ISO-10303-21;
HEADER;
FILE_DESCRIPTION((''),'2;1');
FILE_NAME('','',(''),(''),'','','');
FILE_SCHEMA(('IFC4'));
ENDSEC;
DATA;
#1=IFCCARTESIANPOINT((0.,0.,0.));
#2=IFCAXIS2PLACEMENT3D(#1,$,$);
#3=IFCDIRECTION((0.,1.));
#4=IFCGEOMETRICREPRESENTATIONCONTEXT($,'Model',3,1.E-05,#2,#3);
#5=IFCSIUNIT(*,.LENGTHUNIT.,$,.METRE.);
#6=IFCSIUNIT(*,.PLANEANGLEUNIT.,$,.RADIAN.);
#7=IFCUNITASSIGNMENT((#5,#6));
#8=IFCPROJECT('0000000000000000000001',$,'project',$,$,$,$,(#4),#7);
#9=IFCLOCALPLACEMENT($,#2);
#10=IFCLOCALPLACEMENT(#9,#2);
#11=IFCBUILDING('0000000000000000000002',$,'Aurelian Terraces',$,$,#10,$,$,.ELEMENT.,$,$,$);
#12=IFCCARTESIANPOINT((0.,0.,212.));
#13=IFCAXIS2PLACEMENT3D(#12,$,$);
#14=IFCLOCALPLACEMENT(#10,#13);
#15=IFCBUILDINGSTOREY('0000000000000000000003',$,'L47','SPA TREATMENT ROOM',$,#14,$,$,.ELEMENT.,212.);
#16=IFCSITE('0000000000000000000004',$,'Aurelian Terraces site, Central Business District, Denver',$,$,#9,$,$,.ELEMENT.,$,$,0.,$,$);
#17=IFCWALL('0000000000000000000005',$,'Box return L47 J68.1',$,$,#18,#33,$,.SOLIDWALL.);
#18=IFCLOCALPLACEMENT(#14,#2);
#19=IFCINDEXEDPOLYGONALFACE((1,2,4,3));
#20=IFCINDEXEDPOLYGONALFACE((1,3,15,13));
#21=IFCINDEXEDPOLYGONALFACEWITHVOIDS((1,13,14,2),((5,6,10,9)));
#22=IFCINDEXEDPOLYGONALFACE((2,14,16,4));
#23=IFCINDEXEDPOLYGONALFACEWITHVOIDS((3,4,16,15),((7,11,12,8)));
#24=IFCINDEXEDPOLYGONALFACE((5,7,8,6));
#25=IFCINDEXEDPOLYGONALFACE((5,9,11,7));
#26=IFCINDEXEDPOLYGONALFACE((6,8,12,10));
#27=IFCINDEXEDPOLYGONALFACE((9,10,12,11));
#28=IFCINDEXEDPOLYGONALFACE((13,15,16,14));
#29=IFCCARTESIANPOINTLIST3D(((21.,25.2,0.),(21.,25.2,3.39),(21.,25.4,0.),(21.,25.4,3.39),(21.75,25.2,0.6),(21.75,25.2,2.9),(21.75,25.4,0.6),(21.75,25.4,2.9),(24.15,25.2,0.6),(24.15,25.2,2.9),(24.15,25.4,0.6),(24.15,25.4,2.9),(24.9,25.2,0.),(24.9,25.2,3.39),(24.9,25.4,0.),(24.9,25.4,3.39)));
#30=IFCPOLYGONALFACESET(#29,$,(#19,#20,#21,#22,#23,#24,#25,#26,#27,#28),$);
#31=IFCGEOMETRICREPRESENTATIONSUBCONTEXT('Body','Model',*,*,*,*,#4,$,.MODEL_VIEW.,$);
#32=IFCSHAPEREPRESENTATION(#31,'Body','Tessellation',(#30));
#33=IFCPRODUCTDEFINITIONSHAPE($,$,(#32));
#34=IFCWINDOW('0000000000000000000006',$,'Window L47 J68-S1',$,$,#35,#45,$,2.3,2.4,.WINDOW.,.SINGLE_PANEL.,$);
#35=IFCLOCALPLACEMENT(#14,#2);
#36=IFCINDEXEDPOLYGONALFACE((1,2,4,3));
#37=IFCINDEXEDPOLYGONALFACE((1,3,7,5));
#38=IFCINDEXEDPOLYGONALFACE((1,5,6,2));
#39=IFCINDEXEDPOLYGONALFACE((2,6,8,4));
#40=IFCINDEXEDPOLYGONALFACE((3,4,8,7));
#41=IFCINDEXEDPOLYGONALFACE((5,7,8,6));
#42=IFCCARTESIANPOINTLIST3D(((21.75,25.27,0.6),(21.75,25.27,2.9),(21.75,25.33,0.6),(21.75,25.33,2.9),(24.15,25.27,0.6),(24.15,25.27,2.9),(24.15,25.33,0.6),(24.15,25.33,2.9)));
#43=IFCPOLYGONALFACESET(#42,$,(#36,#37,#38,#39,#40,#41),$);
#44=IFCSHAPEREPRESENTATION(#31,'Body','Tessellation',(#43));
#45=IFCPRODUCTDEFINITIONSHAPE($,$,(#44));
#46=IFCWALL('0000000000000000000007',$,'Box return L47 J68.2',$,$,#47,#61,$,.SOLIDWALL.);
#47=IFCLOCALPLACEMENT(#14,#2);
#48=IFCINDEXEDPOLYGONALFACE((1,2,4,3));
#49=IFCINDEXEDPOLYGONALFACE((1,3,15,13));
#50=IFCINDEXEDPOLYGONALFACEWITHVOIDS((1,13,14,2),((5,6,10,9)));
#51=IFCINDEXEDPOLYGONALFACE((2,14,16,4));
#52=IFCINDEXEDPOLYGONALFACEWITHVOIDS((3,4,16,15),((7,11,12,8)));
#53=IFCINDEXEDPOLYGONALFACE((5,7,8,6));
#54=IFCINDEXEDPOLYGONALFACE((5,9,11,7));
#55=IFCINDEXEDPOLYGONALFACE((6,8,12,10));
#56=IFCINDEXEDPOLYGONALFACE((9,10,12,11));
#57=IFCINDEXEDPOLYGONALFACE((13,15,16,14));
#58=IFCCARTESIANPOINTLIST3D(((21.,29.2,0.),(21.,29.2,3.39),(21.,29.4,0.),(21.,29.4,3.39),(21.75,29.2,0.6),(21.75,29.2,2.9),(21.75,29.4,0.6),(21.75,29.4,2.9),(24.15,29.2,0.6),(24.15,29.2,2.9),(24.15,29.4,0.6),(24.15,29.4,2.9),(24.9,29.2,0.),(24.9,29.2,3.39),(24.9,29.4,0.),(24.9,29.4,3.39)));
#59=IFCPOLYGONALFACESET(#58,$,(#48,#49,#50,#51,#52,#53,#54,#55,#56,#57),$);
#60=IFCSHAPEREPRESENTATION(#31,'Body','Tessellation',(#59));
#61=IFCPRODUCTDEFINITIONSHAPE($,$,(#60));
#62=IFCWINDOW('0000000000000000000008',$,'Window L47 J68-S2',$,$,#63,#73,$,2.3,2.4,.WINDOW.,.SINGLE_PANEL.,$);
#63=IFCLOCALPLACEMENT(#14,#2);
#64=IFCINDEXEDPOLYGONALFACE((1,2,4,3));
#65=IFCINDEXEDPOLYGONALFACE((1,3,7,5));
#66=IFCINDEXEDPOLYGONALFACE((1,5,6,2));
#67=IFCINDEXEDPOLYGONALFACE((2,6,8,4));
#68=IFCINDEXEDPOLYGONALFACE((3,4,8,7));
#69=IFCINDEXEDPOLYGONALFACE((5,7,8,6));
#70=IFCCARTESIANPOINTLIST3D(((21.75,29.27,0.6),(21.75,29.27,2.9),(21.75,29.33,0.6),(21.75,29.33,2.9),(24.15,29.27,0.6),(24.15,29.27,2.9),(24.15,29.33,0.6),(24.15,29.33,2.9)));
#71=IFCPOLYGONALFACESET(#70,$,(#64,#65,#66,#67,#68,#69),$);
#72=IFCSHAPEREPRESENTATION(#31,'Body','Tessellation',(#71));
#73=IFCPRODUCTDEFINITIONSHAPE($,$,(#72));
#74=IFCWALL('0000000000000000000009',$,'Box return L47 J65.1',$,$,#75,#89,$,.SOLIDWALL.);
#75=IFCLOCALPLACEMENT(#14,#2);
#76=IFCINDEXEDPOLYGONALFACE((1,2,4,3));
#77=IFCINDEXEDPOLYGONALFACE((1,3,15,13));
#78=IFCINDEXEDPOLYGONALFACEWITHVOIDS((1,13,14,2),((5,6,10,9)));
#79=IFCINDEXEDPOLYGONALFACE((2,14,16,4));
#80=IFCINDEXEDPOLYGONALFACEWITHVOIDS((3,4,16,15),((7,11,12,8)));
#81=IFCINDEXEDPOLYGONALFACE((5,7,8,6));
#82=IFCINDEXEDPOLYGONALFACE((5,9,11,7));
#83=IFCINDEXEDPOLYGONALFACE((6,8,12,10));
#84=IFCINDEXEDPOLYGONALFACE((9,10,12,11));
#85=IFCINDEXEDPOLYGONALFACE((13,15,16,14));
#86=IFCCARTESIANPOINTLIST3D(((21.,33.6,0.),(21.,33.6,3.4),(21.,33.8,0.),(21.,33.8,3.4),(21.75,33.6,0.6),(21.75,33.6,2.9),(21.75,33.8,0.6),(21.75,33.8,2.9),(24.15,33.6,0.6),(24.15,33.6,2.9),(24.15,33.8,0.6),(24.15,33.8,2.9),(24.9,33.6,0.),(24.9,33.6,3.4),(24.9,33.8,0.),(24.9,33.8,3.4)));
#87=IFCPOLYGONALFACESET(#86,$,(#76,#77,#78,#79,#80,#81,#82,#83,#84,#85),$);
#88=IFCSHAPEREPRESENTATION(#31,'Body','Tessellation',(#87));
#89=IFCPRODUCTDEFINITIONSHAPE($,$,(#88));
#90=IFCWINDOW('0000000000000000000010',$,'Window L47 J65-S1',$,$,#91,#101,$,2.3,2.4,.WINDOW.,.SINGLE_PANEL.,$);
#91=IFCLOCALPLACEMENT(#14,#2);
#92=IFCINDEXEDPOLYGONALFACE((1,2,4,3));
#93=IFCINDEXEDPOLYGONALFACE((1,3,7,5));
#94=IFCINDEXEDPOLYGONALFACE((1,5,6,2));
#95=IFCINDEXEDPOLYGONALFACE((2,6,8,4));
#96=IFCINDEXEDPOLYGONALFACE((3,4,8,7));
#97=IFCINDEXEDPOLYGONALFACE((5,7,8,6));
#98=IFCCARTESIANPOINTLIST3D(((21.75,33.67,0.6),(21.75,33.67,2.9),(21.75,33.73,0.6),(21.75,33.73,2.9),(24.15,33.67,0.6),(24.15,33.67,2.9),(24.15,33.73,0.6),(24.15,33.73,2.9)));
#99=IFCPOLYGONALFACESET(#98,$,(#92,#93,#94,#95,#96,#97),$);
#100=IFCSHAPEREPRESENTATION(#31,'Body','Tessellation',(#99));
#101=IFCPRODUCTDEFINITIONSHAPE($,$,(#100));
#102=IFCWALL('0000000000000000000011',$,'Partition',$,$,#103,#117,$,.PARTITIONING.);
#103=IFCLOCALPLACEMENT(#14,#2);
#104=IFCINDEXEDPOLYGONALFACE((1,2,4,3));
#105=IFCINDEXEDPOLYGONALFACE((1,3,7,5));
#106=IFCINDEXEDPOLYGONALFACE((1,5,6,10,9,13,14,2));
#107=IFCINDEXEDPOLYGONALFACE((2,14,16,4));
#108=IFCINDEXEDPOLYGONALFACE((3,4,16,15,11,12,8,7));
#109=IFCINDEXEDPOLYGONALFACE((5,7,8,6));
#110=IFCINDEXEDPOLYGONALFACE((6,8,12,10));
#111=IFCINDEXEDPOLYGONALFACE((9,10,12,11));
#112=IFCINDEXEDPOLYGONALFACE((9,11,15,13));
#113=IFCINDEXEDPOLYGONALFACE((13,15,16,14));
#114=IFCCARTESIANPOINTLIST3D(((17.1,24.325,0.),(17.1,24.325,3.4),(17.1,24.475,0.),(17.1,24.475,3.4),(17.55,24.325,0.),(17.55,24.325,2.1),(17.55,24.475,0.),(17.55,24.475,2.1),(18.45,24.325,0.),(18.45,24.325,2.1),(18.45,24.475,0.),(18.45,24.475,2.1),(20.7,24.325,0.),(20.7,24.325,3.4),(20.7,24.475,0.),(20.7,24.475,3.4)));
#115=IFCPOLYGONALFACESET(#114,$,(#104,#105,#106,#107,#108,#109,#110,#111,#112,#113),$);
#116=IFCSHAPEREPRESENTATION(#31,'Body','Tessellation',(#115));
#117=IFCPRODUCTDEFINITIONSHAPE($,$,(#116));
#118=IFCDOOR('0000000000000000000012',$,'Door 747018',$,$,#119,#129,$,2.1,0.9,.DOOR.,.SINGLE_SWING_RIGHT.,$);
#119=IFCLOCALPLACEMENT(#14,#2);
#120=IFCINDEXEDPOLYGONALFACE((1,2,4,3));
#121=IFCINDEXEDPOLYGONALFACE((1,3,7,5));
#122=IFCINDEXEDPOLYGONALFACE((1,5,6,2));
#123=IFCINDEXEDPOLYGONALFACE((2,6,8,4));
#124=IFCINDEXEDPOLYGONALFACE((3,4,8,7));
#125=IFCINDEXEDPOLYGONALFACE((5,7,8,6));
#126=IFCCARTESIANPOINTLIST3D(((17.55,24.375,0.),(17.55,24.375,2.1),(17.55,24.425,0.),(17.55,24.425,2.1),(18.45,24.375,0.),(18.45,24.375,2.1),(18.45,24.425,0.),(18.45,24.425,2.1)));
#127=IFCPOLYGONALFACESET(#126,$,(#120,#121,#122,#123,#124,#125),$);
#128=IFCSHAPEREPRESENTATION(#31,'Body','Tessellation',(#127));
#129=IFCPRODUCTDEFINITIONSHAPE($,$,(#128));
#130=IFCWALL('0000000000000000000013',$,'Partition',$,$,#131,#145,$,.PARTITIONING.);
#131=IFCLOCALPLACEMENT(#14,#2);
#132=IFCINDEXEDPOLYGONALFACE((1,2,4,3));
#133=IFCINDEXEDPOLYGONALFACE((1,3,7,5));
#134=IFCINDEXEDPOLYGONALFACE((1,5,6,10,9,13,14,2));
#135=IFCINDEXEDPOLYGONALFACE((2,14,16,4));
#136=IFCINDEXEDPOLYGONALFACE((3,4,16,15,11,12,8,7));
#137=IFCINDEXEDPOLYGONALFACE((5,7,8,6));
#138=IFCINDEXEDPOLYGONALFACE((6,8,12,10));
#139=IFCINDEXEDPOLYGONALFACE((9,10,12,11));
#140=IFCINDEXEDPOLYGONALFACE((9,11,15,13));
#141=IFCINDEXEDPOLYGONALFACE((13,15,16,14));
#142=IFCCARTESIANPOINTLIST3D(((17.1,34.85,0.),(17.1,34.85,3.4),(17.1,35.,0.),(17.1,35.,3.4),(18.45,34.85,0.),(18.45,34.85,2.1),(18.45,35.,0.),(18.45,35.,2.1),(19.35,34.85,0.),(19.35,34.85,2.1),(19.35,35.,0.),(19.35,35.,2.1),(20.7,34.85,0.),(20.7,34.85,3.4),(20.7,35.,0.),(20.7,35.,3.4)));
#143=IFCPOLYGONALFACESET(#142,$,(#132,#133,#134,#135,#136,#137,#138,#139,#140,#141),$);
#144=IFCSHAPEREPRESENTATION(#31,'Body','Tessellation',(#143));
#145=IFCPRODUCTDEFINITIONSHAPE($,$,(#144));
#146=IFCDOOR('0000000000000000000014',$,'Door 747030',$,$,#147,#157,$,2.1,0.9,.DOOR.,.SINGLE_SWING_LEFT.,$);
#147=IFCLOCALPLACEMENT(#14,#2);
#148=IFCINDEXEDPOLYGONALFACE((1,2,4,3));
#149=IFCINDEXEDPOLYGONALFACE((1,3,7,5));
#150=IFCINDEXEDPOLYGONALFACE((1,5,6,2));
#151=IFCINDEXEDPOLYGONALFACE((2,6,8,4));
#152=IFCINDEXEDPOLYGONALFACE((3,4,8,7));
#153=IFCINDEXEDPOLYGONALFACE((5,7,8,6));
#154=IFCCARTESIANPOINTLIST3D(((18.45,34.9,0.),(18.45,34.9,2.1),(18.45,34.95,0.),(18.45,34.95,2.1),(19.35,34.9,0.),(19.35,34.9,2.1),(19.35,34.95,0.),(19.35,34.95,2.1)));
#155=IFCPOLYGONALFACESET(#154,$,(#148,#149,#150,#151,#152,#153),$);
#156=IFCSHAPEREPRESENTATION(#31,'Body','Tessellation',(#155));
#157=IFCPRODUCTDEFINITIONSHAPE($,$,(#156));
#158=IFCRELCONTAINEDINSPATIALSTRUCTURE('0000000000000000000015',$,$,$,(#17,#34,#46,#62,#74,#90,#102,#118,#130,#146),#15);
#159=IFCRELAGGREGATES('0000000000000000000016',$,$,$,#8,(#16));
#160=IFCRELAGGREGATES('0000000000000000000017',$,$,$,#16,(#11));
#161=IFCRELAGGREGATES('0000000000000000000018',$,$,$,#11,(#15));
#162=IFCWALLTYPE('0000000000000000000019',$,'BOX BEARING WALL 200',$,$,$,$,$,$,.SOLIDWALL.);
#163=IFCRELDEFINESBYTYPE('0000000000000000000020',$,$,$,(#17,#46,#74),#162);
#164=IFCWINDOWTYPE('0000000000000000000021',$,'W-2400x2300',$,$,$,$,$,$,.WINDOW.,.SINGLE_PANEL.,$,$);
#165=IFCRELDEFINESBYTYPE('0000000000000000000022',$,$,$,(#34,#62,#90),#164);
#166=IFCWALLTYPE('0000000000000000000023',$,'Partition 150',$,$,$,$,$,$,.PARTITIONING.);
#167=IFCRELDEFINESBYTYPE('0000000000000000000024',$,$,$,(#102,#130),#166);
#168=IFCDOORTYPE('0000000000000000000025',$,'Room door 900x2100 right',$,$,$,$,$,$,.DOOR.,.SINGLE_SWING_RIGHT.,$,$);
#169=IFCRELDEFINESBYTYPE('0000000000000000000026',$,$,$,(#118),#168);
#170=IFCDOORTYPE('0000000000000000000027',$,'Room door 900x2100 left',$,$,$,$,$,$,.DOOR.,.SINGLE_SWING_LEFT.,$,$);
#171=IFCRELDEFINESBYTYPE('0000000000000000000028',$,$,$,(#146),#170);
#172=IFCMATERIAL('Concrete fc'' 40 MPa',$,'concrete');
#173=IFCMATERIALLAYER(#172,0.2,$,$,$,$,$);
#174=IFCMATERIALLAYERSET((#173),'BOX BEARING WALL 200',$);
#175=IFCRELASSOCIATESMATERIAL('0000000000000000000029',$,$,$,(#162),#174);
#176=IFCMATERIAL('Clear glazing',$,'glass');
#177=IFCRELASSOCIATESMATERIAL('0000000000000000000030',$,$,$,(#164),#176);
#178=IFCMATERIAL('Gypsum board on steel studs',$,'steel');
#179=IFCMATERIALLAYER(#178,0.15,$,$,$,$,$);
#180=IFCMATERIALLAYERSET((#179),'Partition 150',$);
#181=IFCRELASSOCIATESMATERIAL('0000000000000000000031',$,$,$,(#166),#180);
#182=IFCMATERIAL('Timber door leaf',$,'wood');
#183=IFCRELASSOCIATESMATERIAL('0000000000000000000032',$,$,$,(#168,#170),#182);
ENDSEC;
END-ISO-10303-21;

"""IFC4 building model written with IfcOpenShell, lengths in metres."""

from ifc_helpers import new_model, si_unit, direction, frame, frame_2d, origin, place, context, subcontext, project, spatial, rectangle, extrude, source, transform, mapped, material, layer, layer_set, type_object, element, fill, save


model = new_model("IFC4")

# Units and contexts
model_context = context("Model", 3, precision=1e-05, world=origin(), true_north=direction((0.0, 1.0)))
body_context = subcontext(model_context, "Body", "Model", "MODEL_VIEW")
ifc_project = project(units=[si_unit("LENGTHUNIT", "METRE"), si_unit("PLANEANGLEUNIT", "RADIAN")], contexts=[model_context])

# Site, building, storey
site_placement = place(None, origin())
site = spatial("IfcSite", under=ifc_project, at=site_placement, Name="Aurelian Terraces site, Central Business District, Denver", CompositionType="ELEMENT", RefElevation=0.0)
building_placement = place(site_placement, origin())
building = spatial("IfcBuilding", under=site, at=building_placement, Name="Aurelian Terraces", CompositionType="ELEMENT")
storey_placement = place(building_placement, frame((0.0, 0.0, 212.0)))
storey = spatial("IfcBuildingStorey", under=building, at=storey_placement, Name="L47", Description="SPA TREATMENT ROOM", CompositionType="ELEMENT", Elevation=212.0)

# Shared definitions
ifc_material_1 = material(Name="Clear glazing", Category="glass")
ifc_material_2 = material(Name="Timber door leaf", Category="wood")

# Walls, openings, windows
ifc_material_3 = material(Name="Concrete fc' 40 MPa", Category="concrete")
ifc_layer_1 = layer(ifc_material_3, 0.2)
ifc_layer_set_1 = layer_set([ifc_layer_1], Name="BOX BEARING WALL 200")
wall_type_1 = type_object("IfcWallType", Name="BOX BEARING WALL 200", PredefinedType="SOLIDWALL", material=ifc_layer_set_1)
shared_shape_1 = source(origin(), body_context, "Body", "SweptSolid", [
    extrude(rectangle(XDim=3.9, YDim=0.2, at=frame_2d((1.95, 0.0))), origin(), (0.0, 0.0, 1.0), 3.39),
])
wall_1_placement = place(storey_placement, frame((21.0, 25.3, 0.0), z_axis=(0.0, 0.0, 1.0), x_axis=(1.0, 0.0, 0.0)))
wall_1 = element("IfcWall", 1, at=wall_1_placement, inside=storey, type_object=wall_type_1, Name="Box return L47 J68.1", PredefinedType="SOLIDWALL", context=body_context, shape_type="MappedRepresentation", body=[
    mapped(shared_shape_1, transform((0.0, 0.0, 0.0), scale=1.0)),
])
shared_shape_2 = source(origin(), body_context, "Body", "SweptSolid", [
    extrude(rectangle(XDim=2.4, YDim=2.3, at=frame_2d((1.2, 1.15))), frame((0.0, 0.11, 0.0), z_axis=(0.0, -1.0, 0.0), x_axis=(1.0, 0.0, 0.0)), (0.0, 0.0, 1.0), 0.22),
])
opening_1_placement = place(wall_1_placement, frame((0.75, 0.0, 0.6)))
opening_1 = element("IfcOpeningElement", 2, at=opening_1_placement, cuts=wall_1, PredefinedType="OPENING", context=body_context, shape_type="MappedRepresentation", body=[
    mapped(shared_shape_2, transform((0.0, 0.0, 0.0), scale=1.0)),
])
window_type_1 = type_object("IfcWindowType", Name="W-2400x2300", PartitioningType="SINGLE_PANEL", PredefinedType="WINDOW", material=ifc_material_1)
shared_shape_3 = source(origin(), body_context, "Body", "SweptSolid", [
    extrude(rectangle(XDim=2.4, YDim=2.3, at=frame_2d((1.2, 1.15))), frame((0.0, 0.03, 0.0), z_axis=(0.0, -1.0, 0.0), x_axis=(1.0, 0.0, 0.0)), (0.0, 0.0, 1.0), 0.06),
])
window_1_placement = place(opening_1_placement, origin())
window_1 = element("IfcWindow", 3, at=window_1_placement, inside=storey, type_object=window_type_1, Name="Window L47 J68-S1", OverallHeight=2.3, OverallWidth=2.4, PartitioningType="SINGLE_PANEL", PredefinedType="WINDOW", context=body_context, shape_type="MappedRepresentation", body=[
    mapped(shared_shape_3, transform((0.0, 0.0, 0.0), scale=1.0)),
])
fill(opening_1, window_1)
wall_2_placement = place(storey_placement, frame((21.0, 29.3, 0.0), z_axis=(0.0, 0.0, 1.0), x_axis=(1.0, 0.0, 0.0)))
wall_2 = element("IfcWall", 4, at=wall_2_placement, inside=storey, type_object=wall_type_1, Name="Box return L47 J68.2", PredefinedType="SOLIDWALL", context=body_context, shape_type="MappedRepresentation", body=[
    mapped(shared_shape_1, transform((0.0, 0.0, 0.0), scale=1.0)),
])
opening_2_placement = place(wall_2_placement, frame((0.75, 0.0, 0.6)))
opening_2 = element("IfcOpeningElement", 5, at=opening_2_placement, cuts=wall_2, PredefinedType="OPENING", context=body_context, shape_type="MappedRepresentation", body=[
    mapped(shared_shape_2, transform((0.0, 0.0, 0.0), scale=1.0)),
])
window_2_placement = place(opening_2_placement, origin())
window_2 = element("IfcWindow", 6, at=window_2_placement, inside=storey, type_object=window_type_1, Name="Window L47 J68-S2", OverallHeight=2.3, OverallWidth=2.4, PartitioningType="SINGLE_PANEL", PredefinedType="WINDOW", context=body_context, shape_type="MappedRepresentation", body=[
    mapped(shared_shape_3, transform((0.0, 0.0, 0.0), scale=1.0)),
])
fill(opening_2, window_2)
shared_shape_4 = source(origin(), body_context, "Body", "SweptSolid", [
    extrude(rectangle(XDim=3.9, YDim=0.2, at=frame_2d((1.95, 0.0))), origin(), (0.0, 0.0, 1.0), 3.4),
])
wall_3_placement = place(storey_placement, frame((21.0, 33.7, 0.0), z_axis=(0.0, 0.0, 1.0), x_axis=(1.0, 0.0, 0.0)))
wall_3 = element("IfcWall", 7, at=wall_3_placement, inside=storey, type_object=wall_type_1, Name="Box return L47 J65.1", PredefinedType="SOLIDWALL", context=body_context, shape_type="MappedRepresentation", body=[
    mapped(shared_shape_4, transform((0.0, 0.0, 0.0), scale=1.0)),
])
opening_3_placement = place(wall_3_placement, frame((0.75, 0.0, 0.6)))
opening_3 = element("IfcOpeningElement", 8, at=opening_3_placement, cuts=wall_3, PredefinedType="OPENING", context=body_context, shape_type="MappedRepresentation", body=[
    mapped(shared_shape_2, transform((0.0, 0.0, 0.0), scale=1.0)),
])
window_3_placement = place(opening_3_placement, origin())
window_3 = element("IfcWindow", 9, at=window_3_placement, inside=storey, type_object=window_type_1, Name="Window L47 J65-S1", OverallHeight=2.3, OverallWidth=2.4, PartitioningType="SINGLE_PANEL", PredefinedType="WINDOW", context=body_context, shape_type="MappedRepresentation", body=[
    mapped(shared_shape_3, transform((0.0, 0.0, 0.0), scale=1.0)),
])
fill(opening_3, window_3)

# Walls, openings, doors
ifc_material_4 = material(Name="Gypsum board on steel studs", Category="steel")
ifc_layer_2 = layer(ifc_material_4, 0.15)
ifc_layer_set_2 = layer_set([ifc_layer_2], Name="Partition 150")
wall_type_2 = type_object("IfcWallType", Name="Partition 150", PredefinedType="PARTITIONING", material=ifc_layer_set_2)
shared_shape_5 = source(origin(), body_context, "Body", "SweptSolid", [
    extrude(rectangle(XDim=3.6, YDim=0.15, at=frame_2d((1.8, 0.0))), origin(), (0.0, 0.0, 1.0), 3.4),
])
wall_4_placement = place(storey_placement, frame((17.1, 24.4, 0.0), z_axis=(0.0, 0.0, 1.0), x_axis=(1.0, 0.0, 0.0)))
wall_4 = element("IfcWall", 10, at=wall_4_placement, inside=storey, type_object=wall_type_2, Name="Partition", PredefinedType="PARTITIONING", context=body_context, shape_type="MappedRepresentation", body=[
    mapped(shared_shape_5, transform((0.0, 0.0, 0.0), scale=1.0)),
])
shared_shape_6 = source(origin(), body_context, "Body", "SweptSolid", [
    extrude(rectangle(XDim=0.9, YDim=2.1, at=frame_2d((0.45, 1.05))), frame((0.0, 0.085, 0.0), z_axis=(0.0, -1.0, 0.0), x_axis=(1.0, 0.0, 0.0)), (0.0, 0.0, 1.0), 0.17),
])
opening_4_placement = place(wall_4_placement, frame((0.45, 0.0, 0.0)))
opening_4 = element("IfcOpeningElement", 11, at=opening_4_placement, cuts=wall_4, PredefinedType="OPENING", context=body_context, shape_type="MappedRepresentation", body=[
    mapped(shared_shape_6, transform((0.0, 0.0, 0.0), scale=1.0)),
])
door_type_1 = type_object("IfcDoorType", Name="Room door 900x2100 right", OperationType="SINGLE_SWING_RIGHT", PredefinedType="DOOR", material=ifc_material_2)
shared_shape_7 = source(origin(), body_context, "Body", "SweptSolid", [
    extrude(rectangle(XDim=0.9, YDim=2.1, at=frame_2d((0.45, 1.05))), frame((0.0, 0.025, 0.0), z_axis=(0.0, -1.0, 0.0), x_axis=(1.0, 0.0, 0.0)), (0.0, 0.0, 1.0), 0.05),
])
door_1_placement = place(opening_4_placement, origin())
door_1 = element("IfcDoor", 12, at=door_1_placement, inside=storey, type_object=door_type_1, Name="Door 747018", OperationType="SINGLE_SWING_RIGHT", OverallHeight=2.1, OverallWidth=0.9, PredefinedType="DOOR", context=body_context, shape_type="MappedRepresentation", body=[
    mapped(shared_shape_7, transform((0.0, 0.0, 0.0), scale=1.0)),
])
fill(opening_4, door_1)
wall_5_placement = place(storey_placement, frame((17.1, 34.925, 0.0), z_axis=(0.0, 0.0, 1.0), x_axis=(1.0, 0.0, 0.0)))
wall_5 = element("IfcWall", 13, at=wall_5_placement, inside=storey, type_object=wall_type_2, Name="Partition", PredefinedType="PARTITIONING", context=body_context, shape_type="MappedRepresentation", body=[
    mapped(shared_shape_5, transform((0.0, 0.0, 0.0), scale=1.0)),
])
opening_5_placement = place(wall_5_placement, frame((1.35, 0.0, 0.0)))
opening_5 = element("IfcOpeningElement", 14, at=opening_5_placement, cuts=wall_5, PredefinedType="OPENING", context=body_context, shape_type="MappedRepresentation", body=[
    mapped(shared_shape_6, transform((0.0, 0.0, 0.0), scale=1.0)),
])
door_type_2 = type_object("IfcDoorType", Name="Room door 900x2100 left", OperationType="SINGLE_SWING_LEFT", PredefinedType="DOOR", material=ifc_material_2)
door_2_placement = place(opening_5_placement, origin())
door_2 = element("IfcDoor", 15, at=door_2_placement, inside=storey, type_object=door_type_2, Name="Door 747030", OperationType="SINGLE_SWING_LEFT", OverallHeight=2.1, OverallWidth=0.9, PredefinedType="DOOR", context=body_context, shape_type="MappedRepresentation", body=[
    mapped(shared_shape_7, transform((0.0, 0.0, 0.0), scale=1.0)),
])
fill(opening_5, door_2)

save(model, "model.ifc")
